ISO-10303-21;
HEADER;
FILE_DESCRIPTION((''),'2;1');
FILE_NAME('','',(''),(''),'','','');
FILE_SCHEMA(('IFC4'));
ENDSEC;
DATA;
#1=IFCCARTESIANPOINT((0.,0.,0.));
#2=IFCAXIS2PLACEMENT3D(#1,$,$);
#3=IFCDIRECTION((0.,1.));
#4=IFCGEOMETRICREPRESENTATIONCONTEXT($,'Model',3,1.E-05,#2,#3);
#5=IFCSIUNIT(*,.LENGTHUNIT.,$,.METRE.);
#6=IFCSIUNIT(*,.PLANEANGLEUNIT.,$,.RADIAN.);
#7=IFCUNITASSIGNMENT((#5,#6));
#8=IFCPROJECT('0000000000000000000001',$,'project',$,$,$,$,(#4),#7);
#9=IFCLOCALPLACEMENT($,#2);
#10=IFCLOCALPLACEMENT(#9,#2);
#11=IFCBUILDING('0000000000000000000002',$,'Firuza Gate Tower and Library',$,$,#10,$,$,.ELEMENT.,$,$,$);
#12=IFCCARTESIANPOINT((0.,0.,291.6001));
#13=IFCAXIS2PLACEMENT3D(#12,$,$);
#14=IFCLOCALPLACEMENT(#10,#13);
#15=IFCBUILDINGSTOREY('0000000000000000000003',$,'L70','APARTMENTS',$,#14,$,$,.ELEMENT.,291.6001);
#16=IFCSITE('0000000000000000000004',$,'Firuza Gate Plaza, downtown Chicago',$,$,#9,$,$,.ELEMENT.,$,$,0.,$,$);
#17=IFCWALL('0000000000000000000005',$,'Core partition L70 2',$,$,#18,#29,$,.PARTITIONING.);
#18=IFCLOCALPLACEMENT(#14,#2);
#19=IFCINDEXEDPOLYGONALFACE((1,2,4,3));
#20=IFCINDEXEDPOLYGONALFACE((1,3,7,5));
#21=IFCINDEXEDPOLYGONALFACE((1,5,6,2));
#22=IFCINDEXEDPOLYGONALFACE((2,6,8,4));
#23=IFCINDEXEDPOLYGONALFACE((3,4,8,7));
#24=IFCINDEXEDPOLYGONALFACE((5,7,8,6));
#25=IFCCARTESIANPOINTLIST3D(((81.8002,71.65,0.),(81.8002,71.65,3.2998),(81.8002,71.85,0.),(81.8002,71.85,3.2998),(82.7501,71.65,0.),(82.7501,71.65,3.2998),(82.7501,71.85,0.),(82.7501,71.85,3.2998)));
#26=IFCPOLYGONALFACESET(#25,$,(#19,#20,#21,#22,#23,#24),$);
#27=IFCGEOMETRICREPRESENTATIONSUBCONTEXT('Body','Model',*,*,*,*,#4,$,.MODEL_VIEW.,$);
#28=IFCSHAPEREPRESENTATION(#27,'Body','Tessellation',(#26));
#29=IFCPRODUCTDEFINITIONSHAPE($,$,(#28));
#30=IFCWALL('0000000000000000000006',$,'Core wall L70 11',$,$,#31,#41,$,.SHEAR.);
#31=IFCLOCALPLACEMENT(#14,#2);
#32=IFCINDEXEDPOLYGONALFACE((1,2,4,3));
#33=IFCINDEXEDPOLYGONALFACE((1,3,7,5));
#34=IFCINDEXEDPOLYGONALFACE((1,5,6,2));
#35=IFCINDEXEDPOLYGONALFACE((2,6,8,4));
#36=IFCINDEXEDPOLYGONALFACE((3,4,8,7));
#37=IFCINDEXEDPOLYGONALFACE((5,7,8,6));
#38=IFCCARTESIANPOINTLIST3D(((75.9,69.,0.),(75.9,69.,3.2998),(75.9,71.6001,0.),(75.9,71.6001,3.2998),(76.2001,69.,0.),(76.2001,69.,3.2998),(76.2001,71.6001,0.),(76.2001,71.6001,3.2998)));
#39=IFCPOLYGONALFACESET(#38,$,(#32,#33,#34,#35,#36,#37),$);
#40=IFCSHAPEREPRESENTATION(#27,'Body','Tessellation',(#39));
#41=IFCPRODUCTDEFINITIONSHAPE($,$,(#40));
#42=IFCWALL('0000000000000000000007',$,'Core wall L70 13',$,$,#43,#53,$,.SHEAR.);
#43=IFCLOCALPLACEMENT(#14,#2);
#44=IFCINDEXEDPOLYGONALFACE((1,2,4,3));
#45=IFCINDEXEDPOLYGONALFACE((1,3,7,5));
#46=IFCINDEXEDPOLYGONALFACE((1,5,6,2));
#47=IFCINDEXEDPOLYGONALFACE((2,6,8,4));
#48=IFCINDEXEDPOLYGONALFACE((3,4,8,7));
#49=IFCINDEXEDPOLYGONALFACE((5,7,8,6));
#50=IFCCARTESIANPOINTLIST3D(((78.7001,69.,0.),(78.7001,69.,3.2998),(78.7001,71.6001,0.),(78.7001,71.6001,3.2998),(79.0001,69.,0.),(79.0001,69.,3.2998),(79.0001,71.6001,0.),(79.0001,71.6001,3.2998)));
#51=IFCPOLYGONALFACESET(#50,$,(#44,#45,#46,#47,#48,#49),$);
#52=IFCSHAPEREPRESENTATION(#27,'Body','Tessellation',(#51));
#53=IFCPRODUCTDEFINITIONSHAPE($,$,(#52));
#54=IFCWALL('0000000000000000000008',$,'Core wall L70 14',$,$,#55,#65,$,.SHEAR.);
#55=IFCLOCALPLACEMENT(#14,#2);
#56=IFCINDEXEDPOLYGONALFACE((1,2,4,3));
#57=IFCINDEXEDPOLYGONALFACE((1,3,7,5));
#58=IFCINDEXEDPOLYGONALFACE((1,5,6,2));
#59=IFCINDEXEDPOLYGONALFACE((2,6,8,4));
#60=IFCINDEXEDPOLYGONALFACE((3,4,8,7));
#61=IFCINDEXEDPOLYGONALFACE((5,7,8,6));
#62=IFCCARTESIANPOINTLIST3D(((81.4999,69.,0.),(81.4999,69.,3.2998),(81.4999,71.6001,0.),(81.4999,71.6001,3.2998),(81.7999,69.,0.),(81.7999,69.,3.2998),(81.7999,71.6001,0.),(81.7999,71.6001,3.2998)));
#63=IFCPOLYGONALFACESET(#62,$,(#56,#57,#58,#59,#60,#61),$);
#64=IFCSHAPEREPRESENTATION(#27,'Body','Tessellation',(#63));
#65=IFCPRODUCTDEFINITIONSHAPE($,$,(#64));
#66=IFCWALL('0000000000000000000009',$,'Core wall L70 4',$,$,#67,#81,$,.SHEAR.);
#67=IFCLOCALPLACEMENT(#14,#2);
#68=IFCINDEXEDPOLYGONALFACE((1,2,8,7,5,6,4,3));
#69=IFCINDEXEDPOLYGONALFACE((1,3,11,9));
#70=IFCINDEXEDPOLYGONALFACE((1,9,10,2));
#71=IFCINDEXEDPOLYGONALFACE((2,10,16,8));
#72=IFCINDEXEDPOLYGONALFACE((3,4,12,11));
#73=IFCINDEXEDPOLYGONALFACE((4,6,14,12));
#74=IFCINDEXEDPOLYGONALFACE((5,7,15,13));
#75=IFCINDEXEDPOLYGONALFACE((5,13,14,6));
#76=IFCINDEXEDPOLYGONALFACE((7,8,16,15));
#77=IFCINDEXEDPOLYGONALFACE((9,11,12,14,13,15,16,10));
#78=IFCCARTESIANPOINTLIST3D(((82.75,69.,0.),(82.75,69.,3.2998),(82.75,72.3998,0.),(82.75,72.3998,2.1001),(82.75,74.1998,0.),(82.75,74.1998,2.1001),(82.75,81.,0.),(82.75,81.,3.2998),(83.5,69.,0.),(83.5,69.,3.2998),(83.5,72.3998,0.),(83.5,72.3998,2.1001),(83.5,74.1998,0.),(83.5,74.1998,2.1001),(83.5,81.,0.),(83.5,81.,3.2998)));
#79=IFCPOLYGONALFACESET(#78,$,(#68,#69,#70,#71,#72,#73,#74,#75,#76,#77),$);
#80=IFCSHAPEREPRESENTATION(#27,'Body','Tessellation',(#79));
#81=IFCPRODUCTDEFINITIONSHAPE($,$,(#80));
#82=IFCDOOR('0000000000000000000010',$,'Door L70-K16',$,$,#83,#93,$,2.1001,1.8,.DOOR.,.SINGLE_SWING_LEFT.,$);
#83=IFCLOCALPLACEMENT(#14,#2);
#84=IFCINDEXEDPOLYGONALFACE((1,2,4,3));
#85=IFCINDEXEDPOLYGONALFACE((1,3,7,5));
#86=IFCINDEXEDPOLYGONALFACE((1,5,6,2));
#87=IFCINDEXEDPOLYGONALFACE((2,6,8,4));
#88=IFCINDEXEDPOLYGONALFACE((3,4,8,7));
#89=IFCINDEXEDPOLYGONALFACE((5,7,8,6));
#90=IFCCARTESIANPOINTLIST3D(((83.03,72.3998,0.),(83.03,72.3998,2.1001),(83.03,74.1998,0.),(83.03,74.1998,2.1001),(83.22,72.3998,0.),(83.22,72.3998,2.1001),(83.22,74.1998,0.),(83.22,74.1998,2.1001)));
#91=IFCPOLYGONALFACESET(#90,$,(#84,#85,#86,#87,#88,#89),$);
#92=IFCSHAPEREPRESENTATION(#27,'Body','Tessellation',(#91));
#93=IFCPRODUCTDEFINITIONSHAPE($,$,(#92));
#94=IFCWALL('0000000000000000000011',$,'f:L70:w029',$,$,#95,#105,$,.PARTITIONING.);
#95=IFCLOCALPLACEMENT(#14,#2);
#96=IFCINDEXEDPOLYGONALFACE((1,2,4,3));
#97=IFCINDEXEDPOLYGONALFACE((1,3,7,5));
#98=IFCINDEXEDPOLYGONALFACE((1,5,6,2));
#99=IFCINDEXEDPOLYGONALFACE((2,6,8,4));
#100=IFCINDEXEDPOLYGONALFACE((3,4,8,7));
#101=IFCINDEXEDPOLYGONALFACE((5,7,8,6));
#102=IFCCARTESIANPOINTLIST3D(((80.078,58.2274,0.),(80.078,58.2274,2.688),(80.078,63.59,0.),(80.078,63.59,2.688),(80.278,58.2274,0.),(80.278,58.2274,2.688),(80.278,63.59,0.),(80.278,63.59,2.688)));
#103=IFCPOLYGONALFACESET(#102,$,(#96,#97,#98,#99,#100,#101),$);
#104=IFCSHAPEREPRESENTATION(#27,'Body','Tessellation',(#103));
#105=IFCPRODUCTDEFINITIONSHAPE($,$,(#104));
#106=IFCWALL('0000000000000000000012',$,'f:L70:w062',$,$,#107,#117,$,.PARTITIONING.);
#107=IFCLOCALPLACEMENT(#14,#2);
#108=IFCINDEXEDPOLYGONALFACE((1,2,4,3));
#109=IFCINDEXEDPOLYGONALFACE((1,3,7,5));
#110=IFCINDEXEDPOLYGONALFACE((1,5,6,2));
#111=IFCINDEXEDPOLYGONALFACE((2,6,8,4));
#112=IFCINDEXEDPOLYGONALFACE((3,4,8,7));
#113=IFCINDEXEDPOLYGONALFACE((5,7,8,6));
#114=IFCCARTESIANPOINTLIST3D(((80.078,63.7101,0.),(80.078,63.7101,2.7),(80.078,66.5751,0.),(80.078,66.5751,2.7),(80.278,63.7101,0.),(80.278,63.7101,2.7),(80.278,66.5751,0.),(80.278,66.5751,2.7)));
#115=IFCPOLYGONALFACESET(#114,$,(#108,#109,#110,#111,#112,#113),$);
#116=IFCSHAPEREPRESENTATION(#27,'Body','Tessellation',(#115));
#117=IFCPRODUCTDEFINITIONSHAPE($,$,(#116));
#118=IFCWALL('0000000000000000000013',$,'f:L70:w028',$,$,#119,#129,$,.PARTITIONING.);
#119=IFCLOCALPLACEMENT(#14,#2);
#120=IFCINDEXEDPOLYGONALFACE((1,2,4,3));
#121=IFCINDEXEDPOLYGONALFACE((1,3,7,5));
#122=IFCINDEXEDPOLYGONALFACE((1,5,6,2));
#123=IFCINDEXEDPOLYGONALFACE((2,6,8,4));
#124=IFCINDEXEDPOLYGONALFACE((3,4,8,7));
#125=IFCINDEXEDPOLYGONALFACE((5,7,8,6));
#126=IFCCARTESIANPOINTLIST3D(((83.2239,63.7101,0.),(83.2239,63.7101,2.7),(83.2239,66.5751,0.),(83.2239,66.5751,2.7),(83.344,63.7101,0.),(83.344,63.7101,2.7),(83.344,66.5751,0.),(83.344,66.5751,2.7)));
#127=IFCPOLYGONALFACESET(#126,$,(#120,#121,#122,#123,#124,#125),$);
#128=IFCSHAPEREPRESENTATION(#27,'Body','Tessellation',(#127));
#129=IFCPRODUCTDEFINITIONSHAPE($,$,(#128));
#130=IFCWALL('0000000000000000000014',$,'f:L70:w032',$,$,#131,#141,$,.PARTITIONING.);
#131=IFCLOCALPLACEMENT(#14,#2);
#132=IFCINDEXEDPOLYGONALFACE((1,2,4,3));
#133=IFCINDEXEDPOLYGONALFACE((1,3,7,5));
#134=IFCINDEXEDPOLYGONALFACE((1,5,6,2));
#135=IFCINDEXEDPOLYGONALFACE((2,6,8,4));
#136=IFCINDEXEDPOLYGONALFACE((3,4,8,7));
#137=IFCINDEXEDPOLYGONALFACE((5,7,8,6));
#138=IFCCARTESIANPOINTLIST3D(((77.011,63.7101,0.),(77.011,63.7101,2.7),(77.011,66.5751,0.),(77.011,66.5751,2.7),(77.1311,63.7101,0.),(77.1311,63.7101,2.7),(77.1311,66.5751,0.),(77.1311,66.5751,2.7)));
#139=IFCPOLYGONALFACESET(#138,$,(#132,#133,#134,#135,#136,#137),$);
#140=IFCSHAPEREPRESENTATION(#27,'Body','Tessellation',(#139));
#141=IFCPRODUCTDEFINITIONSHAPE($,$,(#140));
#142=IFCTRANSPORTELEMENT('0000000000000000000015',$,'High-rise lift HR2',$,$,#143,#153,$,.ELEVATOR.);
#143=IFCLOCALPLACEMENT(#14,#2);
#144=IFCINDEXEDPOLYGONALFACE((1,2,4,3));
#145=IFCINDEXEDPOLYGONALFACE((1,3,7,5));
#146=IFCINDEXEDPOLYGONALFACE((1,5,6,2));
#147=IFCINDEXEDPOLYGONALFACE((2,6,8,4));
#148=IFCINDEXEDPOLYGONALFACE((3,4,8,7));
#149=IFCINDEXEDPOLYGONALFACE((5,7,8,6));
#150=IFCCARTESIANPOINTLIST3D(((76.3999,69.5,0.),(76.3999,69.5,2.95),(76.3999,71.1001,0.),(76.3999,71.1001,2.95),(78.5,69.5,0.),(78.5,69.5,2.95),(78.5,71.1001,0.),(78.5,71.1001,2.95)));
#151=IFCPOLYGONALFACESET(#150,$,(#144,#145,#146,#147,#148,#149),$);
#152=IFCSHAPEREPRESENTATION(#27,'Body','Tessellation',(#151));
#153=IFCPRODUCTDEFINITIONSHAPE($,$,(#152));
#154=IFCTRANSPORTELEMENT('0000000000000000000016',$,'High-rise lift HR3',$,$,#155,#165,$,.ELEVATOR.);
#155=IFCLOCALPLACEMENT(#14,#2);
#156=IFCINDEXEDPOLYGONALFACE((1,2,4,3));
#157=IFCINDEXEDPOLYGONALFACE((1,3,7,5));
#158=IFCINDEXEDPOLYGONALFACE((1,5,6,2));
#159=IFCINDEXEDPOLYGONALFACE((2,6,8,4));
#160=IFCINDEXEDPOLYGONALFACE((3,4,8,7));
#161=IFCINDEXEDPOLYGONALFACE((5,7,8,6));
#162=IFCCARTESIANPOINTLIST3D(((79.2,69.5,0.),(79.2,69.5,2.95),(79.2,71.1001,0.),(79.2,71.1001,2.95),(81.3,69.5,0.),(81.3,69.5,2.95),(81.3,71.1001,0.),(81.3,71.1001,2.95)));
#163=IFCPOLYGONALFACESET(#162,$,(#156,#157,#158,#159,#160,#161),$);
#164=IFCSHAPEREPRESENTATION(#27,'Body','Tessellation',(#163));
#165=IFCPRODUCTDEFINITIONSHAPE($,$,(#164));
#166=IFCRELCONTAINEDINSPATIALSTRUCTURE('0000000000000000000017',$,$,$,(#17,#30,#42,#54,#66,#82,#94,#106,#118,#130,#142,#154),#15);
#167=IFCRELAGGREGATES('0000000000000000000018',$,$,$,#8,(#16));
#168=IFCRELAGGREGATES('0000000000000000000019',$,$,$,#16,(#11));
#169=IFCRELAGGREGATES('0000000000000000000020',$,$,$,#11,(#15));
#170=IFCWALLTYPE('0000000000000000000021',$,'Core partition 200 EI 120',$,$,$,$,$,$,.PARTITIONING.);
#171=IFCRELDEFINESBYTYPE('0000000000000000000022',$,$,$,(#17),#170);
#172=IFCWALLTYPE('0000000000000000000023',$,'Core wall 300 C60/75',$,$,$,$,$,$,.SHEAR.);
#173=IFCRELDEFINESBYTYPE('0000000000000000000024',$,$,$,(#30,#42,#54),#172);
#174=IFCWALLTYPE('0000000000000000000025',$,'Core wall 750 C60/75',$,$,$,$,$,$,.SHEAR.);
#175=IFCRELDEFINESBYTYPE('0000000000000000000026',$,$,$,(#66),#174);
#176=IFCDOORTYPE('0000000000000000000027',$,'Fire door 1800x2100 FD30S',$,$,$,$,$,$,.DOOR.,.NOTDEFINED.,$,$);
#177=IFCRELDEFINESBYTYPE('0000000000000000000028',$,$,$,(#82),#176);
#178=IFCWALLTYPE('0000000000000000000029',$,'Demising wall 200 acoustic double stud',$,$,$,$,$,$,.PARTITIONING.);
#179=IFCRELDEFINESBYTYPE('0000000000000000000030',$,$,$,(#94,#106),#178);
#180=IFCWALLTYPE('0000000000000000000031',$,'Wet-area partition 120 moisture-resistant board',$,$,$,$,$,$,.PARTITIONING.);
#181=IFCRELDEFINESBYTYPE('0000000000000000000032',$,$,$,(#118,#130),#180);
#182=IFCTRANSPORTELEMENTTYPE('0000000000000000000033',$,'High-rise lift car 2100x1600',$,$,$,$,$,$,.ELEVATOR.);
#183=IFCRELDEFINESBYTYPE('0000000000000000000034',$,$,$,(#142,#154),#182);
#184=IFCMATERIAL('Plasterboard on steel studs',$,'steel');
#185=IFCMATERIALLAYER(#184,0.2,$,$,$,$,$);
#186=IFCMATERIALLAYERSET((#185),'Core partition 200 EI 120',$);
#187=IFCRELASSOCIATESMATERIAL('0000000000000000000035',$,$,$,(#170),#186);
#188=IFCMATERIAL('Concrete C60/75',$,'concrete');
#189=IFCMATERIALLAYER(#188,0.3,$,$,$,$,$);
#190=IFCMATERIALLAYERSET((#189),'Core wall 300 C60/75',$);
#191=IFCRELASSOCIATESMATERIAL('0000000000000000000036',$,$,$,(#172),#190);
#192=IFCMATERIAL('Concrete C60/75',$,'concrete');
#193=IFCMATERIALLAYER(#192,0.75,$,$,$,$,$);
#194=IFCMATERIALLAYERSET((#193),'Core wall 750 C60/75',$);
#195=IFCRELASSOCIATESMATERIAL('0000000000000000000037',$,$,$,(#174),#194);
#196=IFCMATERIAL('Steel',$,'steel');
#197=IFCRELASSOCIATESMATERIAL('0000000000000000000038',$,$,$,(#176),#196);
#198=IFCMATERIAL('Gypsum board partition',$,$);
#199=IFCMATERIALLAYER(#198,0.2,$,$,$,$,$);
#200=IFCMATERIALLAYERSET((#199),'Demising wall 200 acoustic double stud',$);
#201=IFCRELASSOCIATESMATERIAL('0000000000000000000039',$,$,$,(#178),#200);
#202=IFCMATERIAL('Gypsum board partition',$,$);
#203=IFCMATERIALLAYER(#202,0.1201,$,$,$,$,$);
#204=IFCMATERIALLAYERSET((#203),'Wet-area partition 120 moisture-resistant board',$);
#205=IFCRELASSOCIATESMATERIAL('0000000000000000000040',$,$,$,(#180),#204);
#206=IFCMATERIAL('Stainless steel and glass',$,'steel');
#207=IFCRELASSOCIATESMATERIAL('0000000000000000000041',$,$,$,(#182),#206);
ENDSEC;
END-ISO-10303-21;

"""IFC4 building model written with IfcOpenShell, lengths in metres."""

from ifc_helpers import new_model, si_unit, direction, frame, frame_2d, origin, origin_2d, place, context, subcontext, project, spatial, rectangle, extrude, material, layer, layer_set, type_object, element, fill, save


model = new_model("IFC4")

# Units and contexts
model_context = context("Model", 3, precision=1e-05, world=origin(), true_north=direction((0.0, 1.0)))
body_context = subcontext(model_context, "Body", "Model", "MODEL_VIEW")
ifc_project = project(units=[si_unit("LENGTHUNIT", "METRE"), si_unit("PLANEANGLEUNIT", "RADIAN")], contexts=[model_context])

# Site, building, storey
site_placement = place(None, origin())
site = spatial("IfcSite", under=ifc_project, at=site_placement, Name="Firuza Gate Plaza, downtown Chicago", CompositionType="ELEMENT", RefElevation=0.0)
building_placement = place(site_placement, origin())
building = spatial("IfcBuilding", under=site, at=building_placement, Name="Firuza Gate Tower and Library", CompositionType="ELEMENT")
storey_placement = place(building_placement, frame((0.0, 0.0, 291.6001)))
storey = spatial("IfcBuildingStorey", under=building, at=storey_placement, Name="L70", Description="APARTMENTS", CompositionType="ELEMENT", Elevation=291.6001)

# Walls
ifc_material_1 = material(Name="Plasterboard on steel studs", Category="steel")
ifc_layer_1 = layer(ifc_material_1, 0.2)
ifc_layer_set_1 = layer_set([ifc_layer_1], Name="Core partition 200 EI 120")
wall_type_1 = type_object("IfcWallType", Name="Core partition 200 EI 120", PredefinedType="PARTITIONING", material=ifc_layer_set_1)
wall_1_placement = place(storey_placement, frame((81.8, 71.75, 0.0), z_axis=(0.0, 0.0, 1.0), x_axis=(1.0, 0.0, 0.0)))
element("IfcWall", 1, at=wall_1_placement, inside=storey, type_object=wall_type_1, Name="Core partition L70 2", PredefinedType="PARTITIONING", context=body_context, shape_type="SweptSolid", body=[
    extrude(rectangle(XDim=0.95, YDim=0.2, at=frame_2d((0.4751, 0.0))), origin(), (0.0, 0.0, 1.0), 3.2998),
])
ifc_material_2 = material(Name="Concrete C60/75", Category="concrete")
ifc_layer_2 = layer(ifc_material_2, 0.3)
ifc_layer_set_2 = layer_set([ifc_layer_2], Name="Core wall 300 C60/75")
wall_type_2 = type_object("IfcWallType", Name="Core wall 300 C60/75", PredefinedType="SHEAR", material=ifc_layer_set_2)
for number, where, z_axis, x_axis, name in (
    (2, (76.05, 69.0, 0.0), (0.0, 0.0, 1.0), (0.0, 1.0, 0.0), "Core wall L70 11"),
    (3, (78.8501, 69.0, 0.0), (0.0, 0.0, 1.0), (0.0, 1.0, 0.0), "Core wall L70 13"),
    (4, (81.6499, 69.0, 0.0), (0.0, 0.0, 1.0), (0.0, 1.0, 0.0), "Core wall L70 14"),
):
    element("IfcWall", number, at=place(storey_placement, frame(where, z_axis=z_axis, x_axis=x_axis)), inside=storey, type_object=wall_type_2, Name=name, PredefinedType="SHEAR", context=body_context, shape_type="SweptSolid", body=[
        extrude(rectangle(XDim=2.6001, YDim=0.3, at=frame_2d((1.3, 0.0))), origin(), (0.0, 0.0, 1.0), 3.2998),
    ])

# Wall, opening, door
ifc_material_3 = material(Name="Concrete C60/75", Category="concrete")
ifc_layer_3 = layer(ifc_material_3, 0.75)
ifc_layer_set_3 = layer_set([ifc_layer_3], Name="Core wall 750 C60/75")
wall_type_3 = type_object("IfcWallType", Name="Core wall 750 C60/75", PredefinedType="SHEAR", material=ifc_layer_set_3)
wall_2_placement = place(storey_placement, frame((83.125, 69.0, 0.0), z_axis=(0.0, 0.0, 1.0), x_axis=(0.0, 1.0, 0.0)))
wall_2 = element("IfcWall", 5, at=wall_2_placement, inside=storey, type_object=wall_type_3, Name="Core wall L70 4", PredefinedType="SHEAR", context=body_context, shape_type="SweptSolid", body=[
    extrude(rectangle(XDim=12.0, YDim=0.75, at=frame_2d((6.0, 0.0))), origin(), (0.0, 0.0, 1.0), 3.2998),
])
opening_placement = place(wall_2_placement, frame((3.3999, 0.0, 0.0)))
opening = element("IfcOpeningElement", 6, at=opening_placement, cuts=wall_2, PredefinedType="OPENING", context=body_context, shape_type="SweptSolid", body=[
    extrude(rectangle(XDim=1.8, YDim=2.1001, at=frame_2d((0.8999, 1.05))), frame((0.0, 0.385, 0.0), z_axis=(0.0, -1.0, 0.0), x_axis=(1.0, 0.0, 0.0)), (0.0, 0.0, 1.0), 0.77),
])
ifc_material_4 = material(Name="Steel", Category="steel")
door_type = type_object("IfcDoorType", Name="Fire door 1800x2100 FD30S", OperationType="NOTDEFINED", PredefinedType="DOOR", material=ifc_material_4)
door_placement = place(opening_placement, origin())
door = element("IfcDoor", 7, at=door_placement, inside=storey, type_object=door_type, Name="Door L70-K16", OperationType="SINGLE_SWING_LEFT", OverallHeight=2.1001, OverallWidth=1.8, PredefinedType="DOOR", context=body_context, shape_type="SweptSolid", body=[
    extrude(rectangle(XDim=1.8, YDim=2.1001, at=frame_2d((0.8999, 1.05))), frame((0.0, 0.095, 0.0), z_axis=(0.0, -1.0, 0.0), x_axis=(1.0, 0.0, 0.0)), (0.0, 0.0, 1.0), 0.1899),
])
fill(opening, door)

# Walls
ifc_material_5 = material(Name="Gypsum board partition")
ifc_layer_4 = layer(ifc_material_5, 0.2)
ifc_layer_set_4 = layer_set([ifc_layer_4], Name="Demising wall 200 acoustic double stud")
wall_type_4 = type_object("IfcWallType", Name="Demising wall 200 acoustic double stud", PredefinedType="PARTITIONING", material=ifc_layer_set_4)
wall_3_placement = place(storey_placement, frame((80.178, 58.2275, 0.0), z_axis=(0.0, 0.0, 1.0), x_axis=(0.0, 1.0, 0.0)))
element("IfcWall", 8, at=wall_3_placement, inside=storey, type_object=wall_type_4, Name="f:L70:w029", PredefinedType="PARTITIONING", context=body_context, shape_type="SweptSolid", body=[
    extrude(rectangle(XDim=5.3625, YDim=0.2, at=frame_2d((2.6812, 0.0))), origin(), (0.0, 0.0, 1.0), 2.688),
])
wall_4_placement = place(storey_placement, frame((80.178, 63.71, 0.0), z_axis=(0.0, 0.0, 1.0), x_axis=(0.0, 1.0, 0.0)))
element("IfcWall", 9, at=wall_4_placement, inside=storey, type_object=wall_type_4, Name="f:L70:w062", PredefinedType="PARTITIONING", context=body_context, shape_type="SweptSolid", body=[
    extrude(rectangle(XDim=2.865, YDim=0.2, at=frame_2d((1.4326, 0.0))), origin(), (0.0, 0.0, 1.0), 2.7),
])
ifc_material_6 = material(Name="Gypsum board partition")
ifc_layer_5 = layer(ifc_material_6, 0.1201)
ifc_layer_set_5 = layer_set([ifc_layer_5], Name="Wet-area partition 120 moisture-resistant board")
wall_type_5 = type_object("IfcWallType", Name="Wet-area partition 120 moisture-resistant board", PredefinedType="PARTITIONING", material=ifc_layer_set_5)
for number, where, z_axis, x_axis, name in (
    (10, (83.2839, 63.71, 0.0), (0.0, 0.0, 1.0), (0.0, 1.0, 0.0), "f:L70:w028"),
    (11, (77.071, 63.71, 0.0), (0.0, 0.0, 1.0), (0.0, 1.0, 0.0), "f:L70:w032"),
):
    element("IfcWall", number, at=place(storey_placement, frame(where, z_axis=z_axis, x_axis=x_axis)), inside=storey, type_object=wall_type_5, Name=name, PredefinedType="PARTITIONING", context=body_context, shape_type="SweptSolid", body=[
        extrude(rectangle(XDim=2.865, YDim=0.1201, at=frame_2d((1.4326, 0.0))), origin(), (0.0, 0.0, 1.0), 2.7),
    ])

# Transport elements
ifc_material_7 = material(Name="Stainless steel and glass", Category="steel")
transport_element_type = type_object("IfcTransportElementType", Name="High-rise lift car 2100x1600", PredefinedType="ELEVATOR", material=ifc_material_7)
for number, where, z_axis, x_axis, name in (
    (12, (77.45, 70.3, 0.0), (0.0, 0.0, 1.0), (1.0, 0.0, 0.0), "High-rise lift HR2"),
    (13, (80.25, 70.3, 0.0), (0.0, 0.0, 1.0), (1.0, 0.0, 0.0), "High-rise lift HR3"),
):
    element("IfcTransportElement", number, at=place(storey_placement, frame(where, z_axis=z_axis, x_axis=x_axis)), inside=storey, type_object=transport_element_type, Name=name, PredefinedType="ELEVATOR", context=body_context, shape_type="SweptSolid", body=[
        extrude(rectangle(XDim=2.1001, YDim=1.6001, at=origin_2d()), origin(), (0.0, 0.0, 1.0), 2.95),
    ])

save(model, "model.ifc")
